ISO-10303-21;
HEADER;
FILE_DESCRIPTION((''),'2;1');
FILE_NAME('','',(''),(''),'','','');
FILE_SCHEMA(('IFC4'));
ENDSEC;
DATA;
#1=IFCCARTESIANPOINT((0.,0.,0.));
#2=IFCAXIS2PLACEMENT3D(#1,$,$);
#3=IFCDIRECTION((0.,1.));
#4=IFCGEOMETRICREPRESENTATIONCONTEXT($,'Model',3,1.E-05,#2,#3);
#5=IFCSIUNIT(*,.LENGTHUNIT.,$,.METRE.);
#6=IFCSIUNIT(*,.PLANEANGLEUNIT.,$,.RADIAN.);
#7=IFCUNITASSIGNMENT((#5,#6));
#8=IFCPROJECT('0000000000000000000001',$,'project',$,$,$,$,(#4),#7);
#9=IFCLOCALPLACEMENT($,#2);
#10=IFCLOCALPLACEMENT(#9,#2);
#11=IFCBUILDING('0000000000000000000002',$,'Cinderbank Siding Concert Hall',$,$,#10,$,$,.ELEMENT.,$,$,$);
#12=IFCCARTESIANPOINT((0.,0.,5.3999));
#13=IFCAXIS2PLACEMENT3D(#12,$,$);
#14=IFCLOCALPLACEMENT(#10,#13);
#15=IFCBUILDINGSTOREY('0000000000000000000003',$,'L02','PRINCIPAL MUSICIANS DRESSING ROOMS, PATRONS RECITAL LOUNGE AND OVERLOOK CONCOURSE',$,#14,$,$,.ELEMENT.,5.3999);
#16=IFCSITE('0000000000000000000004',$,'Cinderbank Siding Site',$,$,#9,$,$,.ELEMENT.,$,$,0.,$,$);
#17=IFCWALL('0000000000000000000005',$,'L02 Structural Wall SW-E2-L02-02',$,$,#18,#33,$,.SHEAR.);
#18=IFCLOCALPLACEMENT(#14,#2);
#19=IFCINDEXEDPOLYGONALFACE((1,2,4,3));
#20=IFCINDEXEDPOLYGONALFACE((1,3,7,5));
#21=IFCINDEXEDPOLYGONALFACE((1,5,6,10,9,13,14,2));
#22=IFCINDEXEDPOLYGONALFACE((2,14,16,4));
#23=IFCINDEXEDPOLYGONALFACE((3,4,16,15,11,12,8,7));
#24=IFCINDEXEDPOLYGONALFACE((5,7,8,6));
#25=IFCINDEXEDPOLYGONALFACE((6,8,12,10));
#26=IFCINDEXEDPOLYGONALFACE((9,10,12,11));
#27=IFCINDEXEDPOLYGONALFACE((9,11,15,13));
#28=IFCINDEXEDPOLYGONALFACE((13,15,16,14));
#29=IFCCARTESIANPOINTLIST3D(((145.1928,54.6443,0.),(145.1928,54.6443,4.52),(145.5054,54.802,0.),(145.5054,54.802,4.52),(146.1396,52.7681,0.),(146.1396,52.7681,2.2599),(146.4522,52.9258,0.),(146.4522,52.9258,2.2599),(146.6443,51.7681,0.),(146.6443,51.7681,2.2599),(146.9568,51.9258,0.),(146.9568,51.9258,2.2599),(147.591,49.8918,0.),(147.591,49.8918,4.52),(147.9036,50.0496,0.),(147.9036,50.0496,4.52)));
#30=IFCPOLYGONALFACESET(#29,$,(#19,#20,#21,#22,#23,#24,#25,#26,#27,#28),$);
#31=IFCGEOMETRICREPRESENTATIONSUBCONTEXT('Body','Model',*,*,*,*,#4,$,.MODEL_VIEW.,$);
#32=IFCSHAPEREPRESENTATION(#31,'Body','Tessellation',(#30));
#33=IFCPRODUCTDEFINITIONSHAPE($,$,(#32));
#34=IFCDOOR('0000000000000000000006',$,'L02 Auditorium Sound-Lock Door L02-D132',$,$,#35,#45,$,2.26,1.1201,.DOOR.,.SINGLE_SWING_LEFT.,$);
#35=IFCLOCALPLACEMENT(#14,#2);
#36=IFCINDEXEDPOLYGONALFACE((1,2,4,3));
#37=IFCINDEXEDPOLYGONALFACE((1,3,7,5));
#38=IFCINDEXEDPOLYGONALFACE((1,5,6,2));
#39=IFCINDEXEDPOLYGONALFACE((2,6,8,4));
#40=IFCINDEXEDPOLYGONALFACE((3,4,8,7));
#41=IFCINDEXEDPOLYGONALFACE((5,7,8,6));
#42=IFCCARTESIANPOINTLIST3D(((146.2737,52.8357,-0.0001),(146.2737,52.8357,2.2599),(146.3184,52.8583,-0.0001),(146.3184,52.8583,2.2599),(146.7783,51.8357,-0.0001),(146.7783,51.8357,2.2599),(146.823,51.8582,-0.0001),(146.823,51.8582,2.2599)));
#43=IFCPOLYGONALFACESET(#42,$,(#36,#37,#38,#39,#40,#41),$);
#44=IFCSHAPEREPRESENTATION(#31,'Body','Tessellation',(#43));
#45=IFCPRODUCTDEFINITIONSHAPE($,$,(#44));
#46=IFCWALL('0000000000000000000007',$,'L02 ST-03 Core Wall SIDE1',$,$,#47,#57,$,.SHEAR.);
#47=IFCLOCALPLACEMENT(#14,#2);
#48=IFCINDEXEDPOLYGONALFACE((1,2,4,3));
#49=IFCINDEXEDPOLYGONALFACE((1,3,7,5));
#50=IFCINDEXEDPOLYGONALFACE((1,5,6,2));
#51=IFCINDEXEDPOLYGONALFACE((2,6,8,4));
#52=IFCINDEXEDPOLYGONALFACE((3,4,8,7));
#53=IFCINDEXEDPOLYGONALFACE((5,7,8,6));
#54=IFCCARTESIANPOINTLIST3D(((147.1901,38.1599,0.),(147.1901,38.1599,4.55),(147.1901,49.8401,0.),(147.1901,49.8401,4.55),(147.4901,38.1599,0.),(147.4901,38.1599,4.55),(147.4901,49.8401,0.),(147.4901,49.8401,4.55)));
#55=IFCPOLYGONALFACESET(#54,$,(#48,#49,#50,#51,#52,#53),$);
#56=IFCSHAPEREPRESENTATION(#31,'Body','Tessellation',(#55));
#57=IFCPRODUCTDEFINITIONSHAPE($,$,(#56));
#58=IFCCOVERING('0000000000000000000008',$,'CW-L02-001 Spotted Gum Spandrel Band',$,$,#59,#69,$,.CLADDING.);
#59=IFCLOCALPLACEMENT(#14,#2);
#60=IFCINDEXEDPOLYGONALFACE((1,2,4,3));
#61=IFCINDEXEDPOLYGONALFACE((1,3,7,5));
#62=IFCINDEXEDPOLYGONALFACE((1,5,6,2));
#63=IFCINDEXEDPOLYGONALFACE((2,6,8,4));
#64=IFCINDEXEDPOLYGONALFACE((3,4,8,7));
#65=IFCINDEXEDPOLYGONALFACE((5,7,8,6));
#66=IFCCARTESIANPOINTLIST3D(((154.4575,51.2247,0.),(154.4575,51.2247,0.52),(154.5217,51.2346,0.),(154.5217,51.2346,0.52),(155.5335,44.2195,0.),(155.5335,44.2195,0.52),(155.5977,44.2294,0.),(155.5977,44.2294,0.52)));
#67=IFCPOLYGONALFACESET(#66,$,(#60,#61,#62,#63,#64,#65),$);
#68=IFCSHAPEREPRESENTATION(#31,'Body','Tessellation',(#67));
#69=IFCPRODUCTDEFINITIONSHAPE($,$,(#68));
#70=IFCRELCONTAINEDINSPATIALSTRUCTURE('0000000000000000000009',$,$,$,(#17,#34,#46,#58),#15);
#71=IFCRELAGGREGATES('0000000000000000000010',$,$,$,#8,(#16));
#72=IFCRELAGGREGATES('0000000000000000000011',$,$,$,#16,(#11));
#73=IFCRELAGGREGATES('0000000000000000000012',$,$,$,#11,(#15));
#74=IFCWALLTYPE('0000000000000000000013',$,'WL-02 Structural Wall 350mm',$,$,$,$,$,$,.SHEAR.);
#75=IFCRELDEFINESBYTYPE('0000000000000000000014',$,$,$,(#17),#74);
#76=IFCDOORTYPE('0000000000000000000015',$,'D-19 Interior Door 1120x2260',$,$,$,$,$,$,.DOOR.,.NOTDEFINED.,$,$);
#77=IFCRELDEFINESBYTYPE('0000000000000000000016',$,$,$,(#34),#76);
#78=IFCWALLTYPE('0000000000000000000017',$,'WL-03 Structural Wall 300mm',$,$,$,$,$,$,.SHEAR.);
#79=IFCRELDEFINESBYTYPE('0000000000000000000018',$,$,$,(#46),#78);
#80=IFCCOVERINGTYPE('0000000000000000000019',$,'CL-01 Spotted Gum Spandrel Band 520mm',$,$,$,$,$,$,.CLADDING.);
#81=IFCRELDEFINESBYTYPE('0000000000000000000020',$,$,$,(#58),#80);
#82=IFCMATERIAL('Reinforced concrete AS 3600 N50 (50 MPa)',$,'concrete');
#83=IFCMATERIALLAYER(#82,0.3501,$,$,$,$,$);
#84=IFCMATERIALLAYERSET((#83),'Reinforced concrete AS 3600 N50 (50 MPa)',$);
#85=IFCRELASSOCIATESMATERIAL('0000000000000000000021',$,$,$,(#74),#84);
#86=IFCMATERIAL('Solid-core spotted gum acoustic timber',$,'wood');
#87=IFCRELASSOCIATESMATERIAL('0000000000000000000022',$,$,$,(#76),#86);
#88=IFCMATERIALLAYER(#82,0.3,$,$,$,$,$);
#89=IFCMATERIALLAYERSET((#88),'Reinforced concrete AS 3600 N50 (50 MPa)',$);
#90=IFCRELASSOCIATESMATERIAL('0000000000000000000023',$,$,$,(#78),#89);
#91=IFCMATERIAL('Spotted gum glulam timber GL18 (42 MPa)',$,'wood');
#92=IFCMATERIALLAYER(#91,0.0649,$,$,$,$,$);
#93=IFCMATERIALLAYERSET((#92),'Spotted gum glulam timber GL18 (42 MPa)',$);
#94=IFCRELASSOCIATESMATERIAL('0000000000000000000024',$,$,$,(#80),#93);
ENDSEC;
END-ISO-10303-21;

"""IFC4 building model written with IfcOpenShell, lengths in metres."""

from ifc_helpers import new_model, si_unit, direction, frame, frame_2d, origin, origin_2d, place, context, subcontext, project, spatial, rectangle, extrude, material, layer, layer_set, type_object, element, fill, save


model = new_model("IFC4")

# Units and contexts
model_context = context("Model", 3, precision=1e-05, world=origin(), true_north=direction((0.0, 1.0)))
body_context = subcontext(model_context, "Body", "Model", "MODEL_VIEW")
ifc_project = project(units=[si_unit("LENGTHUNIT", "METRE"), si_unit("PLANEANGLEUNIT", "RADIAN")], contexts=[model_context])

# Site, building, storey
site_placement = place(None, origin())
site = spatial("IfcSite", under=ifc_project, at=site_placement, Name="Cinderbank Siding Site", CompositionType="ELEMENT", RefElevation=0.0)
building_placement = place(site_placement, origin())
building = spatial("IfcBuilding", under=site, at=building_placement, Name="Cinderbank Siding Concert Hall", CompositionType="ELEMENT")
storey_placement = place(building_placement, frame((0.0, 0.0, 5.3999)))
storey = spatial("IfcBuildingStorey", under=building, at=storey_placement, Name="L02", Description="PRINCIPAL MUSICIANS DRESSING ROOMS, PATRONS RECITAL LOUNGE AND OVERLOOK CONCOURSE", CompositionType="ELEMENT", Elevation=5.3999)

# Shared definitions
ifc_material_1 = material(Name="Reinforced concrete AS 3600 N50 (50 MPa)", Category="concrete")

# Shared definitions
ifc_material_2 = material(Name="Spotted gum glulam timber GL18 (42 MPa)", Category="wood")

# Wall, opening, door
ifc_layer_1 = layer(ifc_material_1, 0.3501)
ifc_layer_set_1 = layer_set([ifc_layer_1], Name="Reinforced concrete AS 3600 N50 (50 MPa)")
wall_type_1 = type_object("IfcWallType", Name="WL-02 Structural Wall 350mm", PredefinedType="SHEAR", material=ifc_layer_set_1)
wall_1_placement = place(storey_placement, frame((147.7473, 49.9707, 0.0), z_axis=(0.0, 0.0, 1.0), x_axis=(-0.450513, 0.89277, 0.0)))
wall_1 = element("IfcWall", 1, at=wall_1_placement, inside=storey, type_object=wall_type_1, Name="L02 Structural Wall SW-E2-L02-02", PredefinedType="SHEAR", context=body_context, shape_type="SweptSolid", body=[
    extrude(rectangle(XDim=5.3232, YDim=0.3501, at=frame_2d((2.6616, 0.0))), origin(), (0.0, 0.0, 1.0), 4.52),
])
opening_placement = place(wall_1_placement, frame((2.1016, 0.0, 0.0)))
opening = element("IfcOpeningElement", 2, at=opening_placement, cuts=wall_1, PredefinedType="OPENING", context=body_context, shape_type="SweptSolid", body=[
    extrude(rectangle(XDim=1.1201, YDim=2.26, at=frame_2d((0.5601, 1.1299))), frame((0.0, 0.187, 0.0), z_axis=(0.0, -1.0, 0.0), x_axis=(1.0, 0.0, 0.0)), (0.0, 0.0, 1.0), 0.374),
])
ifc_material_3 = material(Name="Solid-core spotted gum acoustic timber", Category="wood")
door_type = type_object("IfcDoorType", Name="D-19 Interior Door 1120x2260", OperationType="NOTDEFINED", PredefinedType="DOOR", material=ifc_material_3)
door_placement = place(opening_placement, origin())
door = element("IfcDoor", 3, at=door_placement, inside=storey, type_object=door_type, Name="L02 Auditorium Sound-Lock Door L02-D132", OperationType="SINGLE_SWING_LEFT", OverallHeight=2.26, OverallWidth=1.1201, PredefinedType="DOOR", context=body_context, shape_type="SweptSolid", body=[
    extrude(rectangle(XDim=1.1201, YDim=2.26, at=frame_2d((0.5601, 1.1299))), frame((0.0, 0.0249, 0.0), z_axis=(0.0, -1.0, 0.0), x_axis=(1.0, 0.0, 0.0)), (0.0, 0.0, 1.0), 0.05),
])
fill(opening, door)

# Wall
ifc_layer_2 = layer(ifc_material_1, 0.3)
ifc_layer_set_2 = layer_set([ifc_layer_2], Name="Reinforced concrete AS 3600 N50 (50 MPa)")
wall_type_2 = type_object("IfcWallType", Name="WL-03 Structural Wall 300mm", PredefinedType="SHEAR", material=ifc_layer_set_2)
wall_2_placement = place(storey_placement, frame((147.3401, 49.8401, 0.0), z_axis=(0.0, 0.0, 1.0), x_axis=(0.0, -1.0, 0.0)))
element("IfcWall", 4, at=wall_2_placement, inside=storey, type_object=wall_type_2, Name="L02 ST-03 Core Wall SIDE1", PredefinedType="SHEAR", context=body_context, shape_type="SweptSolid", body=[
    extrude(rectangle(XDim=11.6802, YDim=0.3, at=frame_2d((5.8401, 0.0))), origin(), (0.0, 0.0, 1.0), 4.55),
])

# Covering
ifc_layer_3 = layer(ifc_material_2, 0.0649)
ifc_layer_set_3 = layer_set([ifc_layer_3], Name="Spotted gum glulam timber GL18 (42 MPa)")
covering_type = type_object("IfcCoveringType", Name="CL-01 Spotted Gum Spandrel Band 520mm", PredefinedType="CLADDING", material=ifc_layer_set_3)
covering_placement = place(storey_placement, frame((155.0276, 47.7271, 0.0), z_axis=(0.0, 0.0, 1.0), x_axis=(-0.151815, 0.988409, 0.0)))
element("IfcCovering", 5, at=covering_placement, inside=storey, type_object=covering_type, Name="CW-L02-001 Spotted Gum Spandrel Band", PredefinedType="CLADDING", context=body_context, shape_type="SweptSolid", body=[
    extrude(rectangle(XDim=7.0874, YDim=0.0649, at=origin_2d()), origin(), (0.0, 0.0, 1.0), 0.52),
])

save(model, "model.ifc")
